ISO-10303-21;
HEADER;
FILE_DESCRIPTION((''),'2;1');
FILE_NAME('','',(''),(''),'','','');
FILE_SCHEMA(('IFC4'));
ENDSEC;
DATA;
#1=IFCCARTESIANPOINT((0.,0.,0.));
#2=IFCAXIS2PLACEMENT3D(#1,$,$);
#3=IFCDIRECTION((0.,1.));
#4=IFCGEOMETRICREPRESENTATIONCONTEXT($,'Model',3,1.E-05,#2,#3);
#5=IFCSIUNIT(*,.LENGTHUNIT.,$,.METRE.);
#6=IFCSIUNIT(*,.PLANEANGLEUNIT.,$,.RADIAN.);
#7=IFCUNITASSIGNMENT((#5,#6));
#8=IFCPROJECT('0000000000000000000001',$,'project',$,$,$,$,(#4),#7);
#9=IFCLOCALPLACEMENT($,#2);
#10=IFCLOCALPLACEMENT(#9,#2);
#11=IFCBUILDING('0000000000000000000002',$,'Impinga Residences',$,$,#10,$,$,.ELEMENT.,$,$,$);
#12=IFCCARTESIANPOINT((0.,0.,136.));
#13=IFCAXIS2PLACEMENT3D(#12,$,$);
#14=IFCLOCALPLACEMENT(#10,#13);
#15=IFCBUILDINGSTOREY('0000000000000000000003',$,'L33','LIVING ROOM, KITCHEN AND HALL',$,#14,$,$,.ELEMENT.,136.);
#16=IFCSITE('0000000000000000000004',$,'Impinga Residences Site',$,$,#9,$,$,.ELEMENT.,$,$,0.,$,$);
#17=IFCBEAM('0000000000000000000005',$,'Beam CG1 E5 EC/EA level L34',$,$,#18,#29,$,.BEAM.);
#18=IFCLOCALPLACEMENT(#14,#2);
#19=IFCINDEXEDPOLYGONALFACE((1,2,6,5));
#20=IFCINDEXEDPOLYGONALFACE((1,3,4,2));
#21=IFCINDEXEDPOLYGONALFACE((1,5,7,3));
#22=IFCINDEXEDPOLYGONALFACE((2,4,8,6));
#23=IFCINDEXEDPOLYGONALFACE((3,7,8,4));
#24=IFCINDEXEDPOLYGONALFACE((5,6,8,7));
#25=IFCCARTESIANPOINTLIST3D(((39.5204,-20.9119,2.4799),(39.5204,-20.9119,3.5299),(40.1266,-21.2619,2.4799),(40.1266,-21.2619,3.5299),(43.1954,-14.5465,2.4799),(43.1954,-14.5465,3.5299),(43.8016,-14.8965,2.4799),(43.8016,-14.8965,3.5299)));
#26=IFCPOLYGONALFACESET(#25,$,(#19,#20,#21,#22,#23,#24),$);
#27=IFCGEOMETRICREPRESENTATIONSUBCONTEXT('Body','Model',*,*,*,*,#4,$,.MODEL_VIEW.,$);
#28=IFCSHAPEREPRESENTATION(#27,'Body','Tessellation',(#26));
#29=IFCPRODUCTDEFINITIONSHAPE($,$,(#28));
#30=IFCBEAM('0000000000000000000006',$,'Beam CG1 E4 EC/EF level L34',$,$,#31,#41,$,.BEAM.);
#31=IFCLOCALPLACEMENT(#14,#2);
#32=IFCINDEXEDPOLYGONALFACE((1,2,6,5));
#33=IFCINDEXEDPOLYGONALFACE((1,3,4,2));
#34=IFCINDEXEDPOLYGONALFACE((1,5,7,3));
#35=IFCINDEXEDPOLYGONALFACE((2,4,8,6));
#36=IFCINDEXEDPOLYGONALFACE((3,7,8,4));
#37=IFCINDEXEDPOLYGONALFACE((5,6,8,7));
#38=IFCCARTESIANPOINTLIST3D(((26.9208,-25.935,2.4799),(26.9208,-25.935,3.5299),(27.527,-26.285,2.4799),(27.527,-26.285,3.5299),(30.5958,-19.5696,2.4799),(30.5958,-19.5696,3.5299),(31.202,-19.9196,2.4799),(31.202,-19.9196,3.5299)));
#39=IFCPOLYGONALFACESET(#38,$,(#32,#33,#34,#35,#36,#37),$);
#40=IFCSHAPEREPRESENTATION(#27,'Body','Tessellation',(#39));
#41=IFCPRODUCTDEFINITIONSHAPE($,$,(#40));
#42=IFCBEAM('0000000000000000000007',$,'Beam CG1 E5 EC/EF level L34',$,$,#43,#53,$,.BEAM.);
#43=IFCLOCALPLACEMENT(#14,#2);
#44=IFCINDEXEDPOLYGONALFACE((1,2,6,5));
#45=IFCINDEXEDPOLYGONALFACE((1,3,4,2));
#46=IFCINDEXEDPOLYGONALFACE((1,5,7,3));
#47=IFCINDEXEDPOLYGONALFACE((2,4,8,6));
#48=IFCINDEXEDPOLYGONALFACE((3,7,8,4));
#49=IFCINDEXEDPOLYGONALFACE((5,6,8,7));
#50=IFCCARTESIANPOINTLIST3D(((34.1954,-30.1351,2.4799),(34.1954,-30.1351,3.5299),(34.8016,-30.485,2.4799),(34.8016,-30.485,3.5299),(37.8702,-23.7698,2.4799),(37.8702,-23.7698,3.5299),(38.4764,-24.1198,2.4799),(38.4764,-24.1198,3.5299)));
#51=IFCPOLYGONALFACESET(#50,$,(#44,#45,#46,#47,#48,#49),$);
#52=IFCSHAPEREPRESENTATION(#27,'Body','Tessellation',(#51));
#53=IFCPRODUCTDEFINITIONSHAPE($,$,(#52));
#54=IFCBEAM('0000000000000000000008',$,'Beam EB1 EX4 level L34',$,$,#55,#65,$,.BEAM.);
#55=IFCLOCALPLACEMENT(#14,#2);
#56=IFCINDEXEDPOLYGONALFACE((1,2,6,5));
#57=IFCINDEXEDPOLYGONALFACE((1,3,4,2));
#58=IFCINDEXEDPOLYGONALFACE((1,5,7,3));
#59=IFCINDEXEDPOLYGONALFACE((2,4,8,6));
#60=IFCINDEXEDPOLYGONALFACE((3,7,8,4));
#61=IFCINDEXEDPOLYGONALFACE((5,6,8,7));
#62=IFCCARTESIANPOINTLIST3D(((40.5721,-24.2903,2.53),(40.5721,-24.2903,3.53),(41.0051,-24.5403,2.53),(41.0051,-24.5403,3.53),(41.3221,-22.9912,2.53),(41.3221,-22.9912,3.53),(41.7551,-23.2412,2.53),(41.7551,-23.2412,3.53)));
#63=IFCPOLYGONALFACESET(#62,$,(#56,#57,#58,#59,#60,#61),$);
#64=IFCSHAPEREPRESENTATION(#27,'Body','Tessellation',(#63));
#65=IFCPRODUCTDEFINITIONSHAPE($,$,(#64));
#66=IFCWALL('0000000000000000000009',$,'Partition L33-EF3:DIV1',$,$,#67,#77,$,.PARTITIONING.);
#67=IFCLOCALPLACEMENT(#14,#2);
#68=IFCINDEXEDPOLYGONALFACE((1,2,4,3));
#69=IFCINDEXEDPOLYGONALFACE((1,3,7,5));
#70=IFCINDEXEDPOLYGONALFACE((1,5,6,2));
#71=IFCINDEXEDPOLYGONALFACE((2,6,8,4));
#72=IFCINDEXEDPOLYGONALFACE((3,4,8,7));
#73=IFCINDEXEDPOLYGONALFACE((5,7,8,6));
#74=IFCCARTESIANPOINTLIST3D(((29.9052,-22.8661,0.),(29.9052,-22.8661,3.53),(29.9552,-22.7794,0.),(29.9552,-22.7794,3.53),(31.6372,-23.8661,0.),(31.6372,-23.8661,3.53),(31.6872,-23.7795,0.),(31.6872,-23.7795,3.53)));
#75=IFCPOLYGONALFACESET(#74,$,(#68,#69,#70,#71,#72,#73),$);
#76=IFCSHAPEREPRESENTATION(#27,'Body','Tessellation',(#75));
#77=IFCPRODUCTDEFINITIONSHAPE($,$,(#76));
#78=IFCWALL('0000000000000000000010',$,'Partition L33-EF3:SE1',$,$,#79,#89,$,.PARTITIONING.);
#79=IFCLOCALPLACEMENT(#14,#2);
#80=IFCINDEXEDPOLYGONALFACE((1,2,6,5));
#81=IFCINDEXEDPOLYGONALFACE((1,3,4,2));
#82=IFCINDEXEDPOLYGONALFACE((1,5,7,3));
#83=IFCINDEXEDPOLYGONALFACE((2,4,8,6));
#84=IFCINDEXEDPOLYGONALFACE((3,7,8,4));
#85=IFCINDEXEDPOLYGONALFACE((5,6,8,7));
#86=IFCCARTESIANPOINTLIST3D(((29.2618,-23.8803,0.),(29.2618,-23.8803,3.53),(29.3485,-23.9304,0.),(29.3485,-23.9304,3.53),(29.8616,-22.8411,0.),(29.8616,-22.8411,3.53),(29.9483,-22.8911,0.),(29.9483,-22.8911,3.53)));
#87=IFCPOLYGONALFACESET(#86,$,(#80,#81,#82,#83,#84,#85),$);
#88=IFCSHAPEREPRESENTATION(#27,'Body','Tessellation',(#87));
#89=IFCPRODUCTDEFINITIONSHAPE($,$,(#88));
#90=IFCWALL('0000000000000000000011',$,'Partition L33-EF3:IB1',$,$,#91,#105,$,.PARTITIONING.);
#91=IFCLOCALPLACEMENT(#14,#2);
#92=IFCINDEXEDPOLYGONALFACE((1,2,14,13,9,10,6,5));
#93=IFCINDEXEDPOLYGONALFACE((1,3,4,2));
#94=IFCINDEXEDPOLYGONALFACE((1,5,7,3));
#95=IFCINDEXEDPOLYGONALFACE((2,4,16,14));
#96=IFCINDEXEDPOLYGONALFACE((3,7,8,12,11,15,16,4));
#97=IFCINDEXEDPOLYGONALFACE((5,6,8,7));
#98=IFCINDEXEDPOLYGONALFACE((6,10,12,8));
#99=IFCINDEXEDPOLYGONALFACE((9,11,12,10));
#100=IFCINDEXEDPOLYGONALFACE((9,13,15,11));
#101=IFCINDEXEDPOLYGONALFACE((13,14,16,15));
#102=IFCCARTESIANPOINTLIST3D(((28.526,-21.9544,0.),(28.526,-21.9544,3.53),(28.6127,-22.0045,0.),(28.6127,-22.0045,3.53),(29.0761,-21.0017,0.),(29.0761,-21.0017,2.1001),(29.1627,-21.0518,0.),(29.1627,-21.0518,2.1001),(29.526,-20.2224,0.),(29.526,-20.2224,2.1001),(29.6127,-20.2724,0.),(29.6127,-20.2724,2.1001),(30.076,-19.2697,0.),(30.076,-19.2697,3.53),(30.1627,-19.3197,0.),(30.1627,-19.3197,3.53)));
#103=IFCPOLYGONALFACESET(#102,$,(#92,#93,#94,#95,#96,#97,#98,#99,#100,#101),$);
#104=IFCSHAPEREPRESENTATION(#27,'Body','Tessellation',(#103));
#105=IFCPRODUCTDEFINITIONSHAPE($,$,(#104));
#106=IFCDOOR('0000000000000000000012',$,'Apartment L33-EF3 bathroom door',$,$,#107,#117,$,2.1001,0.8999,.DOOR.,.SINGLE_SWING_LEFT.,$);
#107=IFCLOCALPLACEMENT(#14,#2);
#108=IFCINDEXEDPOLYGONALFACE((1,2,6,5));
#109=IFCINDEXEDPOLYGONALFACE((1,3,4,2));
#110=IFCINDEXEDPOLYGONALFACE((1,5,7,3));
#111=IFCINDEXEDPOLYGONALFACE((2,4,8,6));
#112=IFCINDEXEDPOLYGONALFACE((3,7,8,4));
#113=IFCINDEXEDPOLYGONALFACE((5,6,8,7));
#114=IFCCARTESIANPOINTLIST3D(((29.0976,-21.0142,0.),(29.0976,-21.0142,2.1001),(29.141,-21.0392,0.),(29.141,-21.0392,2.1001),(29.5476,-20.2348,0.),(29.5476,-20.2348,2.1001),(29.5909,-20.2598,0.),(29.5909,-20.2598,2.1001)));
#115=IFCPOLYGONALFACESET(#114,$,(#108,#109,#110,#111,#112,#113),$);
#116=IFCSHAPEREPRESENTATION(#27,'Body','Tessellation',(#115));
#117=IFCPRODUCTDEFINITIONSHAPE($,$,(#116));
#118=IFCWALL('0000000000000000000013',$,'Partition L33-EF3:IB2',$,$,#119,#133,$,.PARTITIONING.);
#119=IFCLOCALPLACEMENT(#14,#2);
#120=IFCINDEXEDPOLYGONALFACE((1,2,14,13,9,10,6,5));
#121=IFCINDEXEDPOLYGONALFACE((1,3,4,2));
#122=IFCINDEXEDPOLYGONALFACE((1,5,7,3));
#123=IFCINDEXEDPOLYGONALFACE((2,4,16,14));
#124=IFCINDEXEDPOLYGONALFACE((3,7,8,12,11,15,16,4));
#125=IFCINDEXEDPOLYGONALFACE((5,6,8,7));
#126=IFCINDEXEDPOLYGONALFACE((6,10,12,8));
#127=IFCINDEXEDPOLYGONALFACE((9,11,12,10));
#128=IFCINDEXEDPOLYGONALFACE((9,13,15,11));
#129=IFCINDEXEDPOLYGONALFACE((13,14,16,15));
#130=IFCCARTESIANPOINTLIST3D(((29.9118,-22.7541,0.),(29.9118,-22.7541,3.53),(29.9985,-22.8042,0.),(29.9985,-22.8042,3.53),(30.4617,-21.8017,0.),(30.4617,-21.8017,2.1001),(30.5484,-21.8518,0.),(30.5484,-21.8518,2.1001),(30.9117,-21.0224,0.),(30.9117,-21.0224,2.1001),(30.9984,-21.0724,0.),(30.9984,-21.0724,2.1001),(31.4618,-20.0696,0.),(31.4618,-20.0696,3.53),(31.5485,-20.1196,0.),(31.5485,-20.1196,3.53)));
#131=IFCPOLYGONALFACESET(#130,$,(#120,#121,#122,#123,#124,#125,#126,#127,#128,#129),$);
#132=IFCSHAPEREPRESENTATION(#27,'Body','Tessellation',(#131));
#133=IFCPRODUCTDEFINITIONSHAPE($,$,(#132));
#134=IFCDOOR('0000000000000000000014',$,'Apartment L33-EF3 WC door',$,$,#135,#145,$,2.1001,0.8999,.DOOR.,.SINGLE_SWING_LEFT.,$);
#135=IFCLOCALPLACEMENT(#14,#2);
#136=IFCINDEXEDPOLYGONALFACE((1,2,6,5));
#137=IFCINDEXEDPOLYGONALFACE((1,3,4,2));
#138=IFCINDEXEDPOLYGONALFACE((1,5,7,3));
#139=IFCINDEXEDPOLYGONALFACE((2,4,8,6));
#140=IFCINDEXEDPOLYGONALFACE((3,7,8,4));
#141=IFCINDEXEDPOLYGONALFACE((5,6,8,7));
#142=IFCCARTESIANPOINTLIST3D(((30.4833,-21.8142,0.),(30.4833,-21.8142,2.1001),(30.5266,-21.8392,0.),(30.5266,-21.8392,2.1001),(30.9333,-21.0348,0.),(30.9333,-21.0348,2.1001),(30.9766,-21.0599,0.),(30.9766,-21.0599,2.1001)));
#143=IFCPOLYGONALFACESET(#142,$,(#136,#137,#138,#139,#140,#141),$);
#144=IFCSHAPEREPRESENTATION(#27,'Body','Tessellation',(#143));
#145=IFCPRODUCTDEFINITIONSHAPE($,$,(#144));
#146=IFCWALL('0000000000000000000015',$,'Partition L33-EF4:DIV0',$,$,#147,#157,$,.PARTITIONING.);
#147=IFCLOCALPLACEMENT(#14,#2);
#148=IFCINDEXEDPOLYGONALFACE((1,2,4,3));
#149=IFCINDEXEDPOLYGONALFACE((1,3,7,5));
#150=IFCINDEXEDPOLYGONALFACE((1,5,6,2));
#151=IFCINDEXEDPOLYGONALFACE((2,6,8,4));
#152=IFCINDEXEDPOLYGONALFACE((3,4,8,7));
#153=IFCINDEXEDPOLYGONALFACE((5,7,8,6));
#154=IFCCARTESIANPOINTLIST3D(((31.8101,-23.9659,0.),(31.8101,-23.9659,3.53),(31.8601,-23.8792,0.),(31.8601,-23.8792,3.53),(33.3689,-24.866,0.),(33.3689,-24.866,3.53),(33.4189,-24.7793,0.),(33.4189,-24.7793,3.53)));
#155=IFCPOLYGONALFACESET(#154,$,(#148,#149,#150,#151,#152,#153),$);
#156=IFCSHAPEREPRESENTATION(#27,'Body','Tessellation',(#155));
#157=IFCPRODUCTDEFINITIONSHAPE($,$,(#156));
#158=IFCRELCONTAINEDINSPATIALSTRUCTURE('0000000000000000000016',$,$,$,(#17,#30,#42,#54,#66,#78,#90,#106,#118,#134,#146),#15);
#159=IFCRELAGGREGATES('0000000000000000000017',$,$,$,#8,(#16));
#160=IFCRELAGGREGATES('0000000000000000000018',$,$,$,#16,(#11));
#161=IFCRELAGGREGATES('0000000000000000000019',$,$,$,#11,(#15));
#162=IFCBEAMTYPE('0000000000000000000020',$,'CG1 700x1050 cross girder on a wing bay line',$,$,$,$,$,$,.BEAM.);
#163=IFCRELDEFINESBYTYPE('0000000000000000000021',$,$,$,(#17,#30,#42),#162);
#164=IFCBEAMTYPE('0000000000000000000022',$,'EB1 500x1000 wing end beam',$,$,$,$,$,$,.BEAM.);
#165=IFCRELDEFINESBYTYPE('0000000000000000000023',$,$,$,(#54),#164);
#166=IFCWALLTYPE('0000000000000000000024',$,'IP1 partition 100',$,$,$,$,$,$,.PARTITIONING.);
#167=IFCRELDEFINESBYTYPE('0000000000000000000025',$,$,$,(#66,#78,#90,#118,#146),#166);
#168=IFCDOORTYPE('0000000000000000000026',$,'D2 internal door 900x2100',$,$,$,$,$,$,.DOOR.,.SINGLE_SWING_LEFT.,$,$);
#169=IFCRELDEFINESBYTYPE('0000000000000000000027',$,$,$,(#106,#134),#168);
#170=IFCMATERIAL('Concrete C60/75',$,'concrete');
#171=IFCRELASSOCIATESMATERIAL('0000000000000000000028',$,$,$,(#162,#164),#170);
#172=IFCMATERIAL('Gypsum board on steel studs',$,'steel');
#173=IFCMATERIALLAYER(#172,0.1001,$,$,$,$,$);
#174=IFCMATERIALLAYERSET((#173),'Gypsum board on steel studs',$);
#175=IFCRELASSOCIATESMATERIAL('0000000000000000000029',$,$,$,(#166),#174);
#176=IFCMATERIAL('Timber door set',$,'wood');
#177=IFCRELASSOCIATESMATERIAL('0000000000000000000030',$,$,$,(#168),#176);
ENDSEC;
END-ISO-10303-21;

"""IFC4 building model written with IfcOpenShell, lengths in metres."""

from ifc_helpers import new_model, si_unit, direction, frame, frame_2d, origin, origin_2d, place, context, subcontext, project, spatial, rectangle, extrude, material, layer, layer_set, material_profile, profile_set, type_object, element, fill, save


model = new_model("IFC4")

# Units and contexts
model_context = context("Model", 3, precision=1e-05, world=origin(), true_north=direction((0.0, 1.0)))
body_context = subcontext(model_context, "Body", "Model", "MODEL_VIEW")
ifc_project = project(units=[si_unit("LENGTHUNIT", "METRE"), si_unit("PLANEANGLEUNIT", "RADIAN")], contexts=[model_context])

# Site, building, storey
site_placement = place(None, origin())
site = spatial("IfcSite", under=ifc_project, at=site_placement, Name="Impinga Residences Site", CompositionType="ELEMENT", RefElevation=0.0)
building_placement = place(site_placement, origin())
building = spatial("IfcBuilding", under=site, at=building_placement, Name="Impinga Residences", CompositionType="ELEMENT")
storey_placement = place(building_placement, frame((0.0, 0.0, 136.0)))
storey = spatial("IfcBuildingStorey", under=building, at=storey_placement, Name="L33", Description="LIVING ROOM, KITCHEN AND HALL", CompositionType="ELEMENT", Elevation=136.0)

# Beams
ifc_material_1 = material(Name="Concrete C60/75", Category="concrete")
ifc_material_profile_1 = material_profile(ifc_material_1, rectangle(XDim=0.7, YDim=1.05, at=origin_2d()), Name="RC 700x1050")
ifc_profile_set_1 = profile_set([ifc_material_profile_1], Name="Concrete C60/75")
beam_type_1 = type_object("IfcBeamType", Name="CG1 700x1050 cross girder on a wing bay line", PredefinedType="BEAM", material=ifc_profile_set_1)
for number, where, z_axis, x_axis, name in (
    (1, (39.8235, -21.0869, 3.0049), (0.499994, 0.866029, 0.0), (-0.866029, 0.499994, 0.0), "Beam CG1 E5 EC/EA level L34"),
    (2, (30.8989, -19.7446, 3.0049), (-0.499994, -0.866029, 0.0), (0.866029, -0.499994, 0.0), "Beam CG1 E4 EC/EF level L34"),
):
    element("IfcBeam", number, at=place(storey_placement, frame(where, z_axis=z_axis, x_axis=x_axis)), inside=storey, type_object=beam_type_1, Name=name, PredefinedType="BEAM", context=body_context, shape_type="SweptSolid", body=[
        extrude(rectangle(XDim=0.7, YDim=1.05, at=origin_2d()), origin(), (0.0, 0.0, 1.0), 7.3501),
    ])
beam_1_placement = place(storey_placement, frame((38.1733, -23.9448, 3.0049), z_axis=(-0.499983, -0.866035, 0.0), x_axis=(0.866035, -0.499983, 0.0)))
element("IfcBeam", 3, at=beam_1_placement, inside=storey, type_object=beam_type_1, Name="Beam CG1 E5 EC/EF level L34", PredefinedType="BEAM", context=body_context, shape_type="SweptSolid", body=[
    extrude(rectangle(XDim=0.7, YDim=1.05, at=origin_2d()), origin(), (0.0, 0.0, 1.0), 7.3499),
])
ifc_material_profile_2 = material_profile(ifc_material_1, rectangle(XDim=0.5, YDim=1.0, at=origin_2d()), Name="RC 500x1000")
ifc_profile_set_2 = profile_set([ifc_material_profile_2], Name="Concrete C60/75")
beam_type_2 = type_object("IfcBeamType", Name="EB1 500x1000 wing end beam", PredefinedType="BEAM", material=ifc_profile_set_2)
beam_2_placement = place(storey_placement, frame((41.5386, -23.1162, 3.03), z_axis=(-0.49999, -0.866031, 0.0), x_axis=(0.866031, -0.49999, 0.0)))
element("IfcBeam", 4, at=beam_2_placement, inside=storey, type_object=beam_type_2, Name="Beam EB1 EX4 level L34", PredefinedType="BEAM", context=body_context, shape_type="SweptSolid", body=[
    extrude(rectangle(XDim=0.5, YDim=1.0, at=origin_2d()), origin(), (0.0, 0.0, 1.0), 1.5),
])

# Walls
ifc_material_2 = material(Name="Gypsum board on steel studs", Category="steel")
ifc_layer_1 = layer(ifc_material_2, 0.1001)
ifc_layer_set_1 = layer_set([ifc_layer_1], Name="Gypsum board on steel studs")
wall_type_1 = type_object("IfcWallType", Name="IP1 partition 100", PredefinedType="PARTITIONING", material=ifc_layer_set_1)
wall_1_placement = place(storey_placement, frame((29.9302, -22.8228, 0.0), z_axis=(0.0, 0.0, 1.0), x_axis=(0.866011, -0.500025, 0.0)))
element("IfcWall", 5, at=wall_1_placement, inside=storey, type_object=wall_type_1, Name="Partition L33-EF3:DIV1", PredefinedType="PARTITIONING", context=body_context, shape_type="SweptSolid", body=[
    extrude(rectangle(XDim=2.0, YDim=0.1001, at=frame_2d((1.0, 0.0))), origin(), (0.0, 0.0, 1.0), 3.53),
])
wall_2_placement = place(storey_placement, frame((29.905, -22.866, 0.0), z_axis=(0.0, 0.0, 1.0), x_axis=(-0.499881, -0.866094, 0.0)))
element("IfcWall", 6, at=wall_2_placement, inside=storey, type_object=wall_type_1, Name="Partition L33-EF3:SE1", PredefinedType="PARTITIONING", context=body_context, shape_type="SweptSolid", body=[
    extrude(rectangle(XDim=1.2, YDim=0.1001, at=frame_2d((0.6001, 0.0))), origin(), (0.0, 0.0, 1.0), 3.53),
])

# Walls, openings, doors
wall_3_placement = place(storey_placement, frame((30.1194, -19.2947, 0.0), z_axis=(0.0, 0.0, 1.0), x_axis=(-0.499993, -0.86603, 0.0)))
wall_3 = element("IfcWall", 7, at=wall_3_placement, inside=storey, type_object=wall_type_1, Name="Partition L33-EF3:IB1", PredefinedType="PARTITIONING", context=body_context, shape_type="SweptSolid", body=[
    extrude(rectangle(XDim=3.1001, YDim=0.1001, at=frame_2d((1.55, 0.0))), origin(), (0.0, 0.0, 1.0), 3.53),
])
opening_1_placement = place(wall_3_placement, frame((1.1001, 0.0, 0.0)))
opening_1 = element("IfcOpeningElement", 8, at=opening_1_placement, cuts=wall_3, PredefinedType="OPENING", context=body_context, shape_type="SweptSolid", body=[
    extrude(rectangle(XDim=0.8999, YDim=2.1001, at=frame_2d((0.45, 1.05))), frame((0.0, 0.0601, 0.0), z_axis=(0.0, -1.0, 0.0), x_axis=(1.0, 0.0, 0.0)), (0.0, 0.0, 1.0), 0.1201),
])
ifc_material_3 = material(Name="Timber door set", Category="wood")
door_type = type_object("IfcDoorType", Name="D2 internal door 900x2100", OperationType="SINGLE_SWING_LEFT", PredefinedType="DOOR", material=ifc_material_3)
door_1_placement = place(opening_1_placement, origin())
door_1 = element("IfcDoor", 9, at=door_1_placement, inside=storey, type_object=door_type, Name="Apartment L33-EF3 bathroom door", OperationType="SINGLE_SWING_LEFT", OverallHeight=2.1001, OverallWidth=0.8999, PredefinedType="DOOR", context=body_context, shape_type="SweptSolid", body=[
    extrude(rectangle(XDim=0.8999, YDim=2.1001, at=frame_2d((0.45, 1.05))), frame((0.0, 0.0249, 0.0), z_axis=(0.0, -1.0, 0.0), x_axis=(1.0, 0.0, 0.0)), (0.0, 0.0, 1.0), 0.05),
])
fill(opening_1, door_1)
wall_4_placement = place(storey_placement, frame((31.5051, -20.0947, 0.0), z_axis=(0.0, 0.0, 1.0), x_axis=(-0.500027, -0.86601, 0.0)))
wall_4 = element("IfcWall", 10, at=wall_4_placement, inside=storey, type_object=wall_type_1, Name="Partition L33-EF3:IB2", PredefinedType="PARTITIONING", context=body_context, shape_type="SweptSolid", body=[
    extrude(rectangle(XDim=3.0999, YDim=0.1001, at=frame_2d((1.5498, 0.0))), origin(), (0.0, 0.0, 1.0), 3.53),
])
opening_2_placement = place(wall_4_placement, frame((1.1001, 0.0, 0.0)))
opening_2 = element("IfcOpeningElement", 11, at=opening_2_placement, cuts=wall_4, PredefinedType="OPENING", context=body_context, shape_type="SweptSolid", body=[
    extrude(rectangle(XDim=0.8999, YDim=2.1001, at=frame_2d((0.45, 1.05))), frame((0.0, 0.0601, 0.0), z_axis=(0.0, -1.0, 0.0), x_axis=(1.0, 0.0, 0.0)), (0.0, 0.0, 1.0), 0.1201),
])
door_2_placement = place(opening_2_placement, origin())
door_2 = element("IfcDoor", 12, at=door_2_placement, inside=storey, type_object=door_type, Name="Apartment L33-EF3 WC door", OperationType="SINGLE_SWING_LEFT", OverallHeight=2.1001, OverallWidth=0.8999, PredefinedType="DOOR", context=body_context, shape_type="SweptSolid", body=[
    extrude(rectangle(XDim=0.8999, YDim=2.1001, at=frame_2d((0.45, 1.05))), frame((0.0, 0.0249, 0.0), z_axis=(0.0, -1.0, 0.0), x_axis=(1.0, 0.0, 0.0)), (0.0, 0.0, 1.0), 0.05),
])
fill(opening_2, door_2)

# Wall
wall_5_placement = place(storey_placement, frame((31.8352, -23.9226, 0.0), z_axis=(0.0, 0.0, 1.0), x_axis=(0.865989, -0.500063, 0.0)))
element("IfcWall", 13, at=wall_5_placement, inside=storey, type_object=wall_type_1, Name="Partition L33-EF4:DIV0", PredefinedType="PARTITIONING", context=body_context, shape_type="SweptSolid", body=[
    extrude(rectangle(XDim=1.8, YDim=0.1001, at=frame_2d((0.8999, 0.0))), origin(), (0.0, 0.0, 1.0), 3.53),
])

save(model, "model.ifc")
